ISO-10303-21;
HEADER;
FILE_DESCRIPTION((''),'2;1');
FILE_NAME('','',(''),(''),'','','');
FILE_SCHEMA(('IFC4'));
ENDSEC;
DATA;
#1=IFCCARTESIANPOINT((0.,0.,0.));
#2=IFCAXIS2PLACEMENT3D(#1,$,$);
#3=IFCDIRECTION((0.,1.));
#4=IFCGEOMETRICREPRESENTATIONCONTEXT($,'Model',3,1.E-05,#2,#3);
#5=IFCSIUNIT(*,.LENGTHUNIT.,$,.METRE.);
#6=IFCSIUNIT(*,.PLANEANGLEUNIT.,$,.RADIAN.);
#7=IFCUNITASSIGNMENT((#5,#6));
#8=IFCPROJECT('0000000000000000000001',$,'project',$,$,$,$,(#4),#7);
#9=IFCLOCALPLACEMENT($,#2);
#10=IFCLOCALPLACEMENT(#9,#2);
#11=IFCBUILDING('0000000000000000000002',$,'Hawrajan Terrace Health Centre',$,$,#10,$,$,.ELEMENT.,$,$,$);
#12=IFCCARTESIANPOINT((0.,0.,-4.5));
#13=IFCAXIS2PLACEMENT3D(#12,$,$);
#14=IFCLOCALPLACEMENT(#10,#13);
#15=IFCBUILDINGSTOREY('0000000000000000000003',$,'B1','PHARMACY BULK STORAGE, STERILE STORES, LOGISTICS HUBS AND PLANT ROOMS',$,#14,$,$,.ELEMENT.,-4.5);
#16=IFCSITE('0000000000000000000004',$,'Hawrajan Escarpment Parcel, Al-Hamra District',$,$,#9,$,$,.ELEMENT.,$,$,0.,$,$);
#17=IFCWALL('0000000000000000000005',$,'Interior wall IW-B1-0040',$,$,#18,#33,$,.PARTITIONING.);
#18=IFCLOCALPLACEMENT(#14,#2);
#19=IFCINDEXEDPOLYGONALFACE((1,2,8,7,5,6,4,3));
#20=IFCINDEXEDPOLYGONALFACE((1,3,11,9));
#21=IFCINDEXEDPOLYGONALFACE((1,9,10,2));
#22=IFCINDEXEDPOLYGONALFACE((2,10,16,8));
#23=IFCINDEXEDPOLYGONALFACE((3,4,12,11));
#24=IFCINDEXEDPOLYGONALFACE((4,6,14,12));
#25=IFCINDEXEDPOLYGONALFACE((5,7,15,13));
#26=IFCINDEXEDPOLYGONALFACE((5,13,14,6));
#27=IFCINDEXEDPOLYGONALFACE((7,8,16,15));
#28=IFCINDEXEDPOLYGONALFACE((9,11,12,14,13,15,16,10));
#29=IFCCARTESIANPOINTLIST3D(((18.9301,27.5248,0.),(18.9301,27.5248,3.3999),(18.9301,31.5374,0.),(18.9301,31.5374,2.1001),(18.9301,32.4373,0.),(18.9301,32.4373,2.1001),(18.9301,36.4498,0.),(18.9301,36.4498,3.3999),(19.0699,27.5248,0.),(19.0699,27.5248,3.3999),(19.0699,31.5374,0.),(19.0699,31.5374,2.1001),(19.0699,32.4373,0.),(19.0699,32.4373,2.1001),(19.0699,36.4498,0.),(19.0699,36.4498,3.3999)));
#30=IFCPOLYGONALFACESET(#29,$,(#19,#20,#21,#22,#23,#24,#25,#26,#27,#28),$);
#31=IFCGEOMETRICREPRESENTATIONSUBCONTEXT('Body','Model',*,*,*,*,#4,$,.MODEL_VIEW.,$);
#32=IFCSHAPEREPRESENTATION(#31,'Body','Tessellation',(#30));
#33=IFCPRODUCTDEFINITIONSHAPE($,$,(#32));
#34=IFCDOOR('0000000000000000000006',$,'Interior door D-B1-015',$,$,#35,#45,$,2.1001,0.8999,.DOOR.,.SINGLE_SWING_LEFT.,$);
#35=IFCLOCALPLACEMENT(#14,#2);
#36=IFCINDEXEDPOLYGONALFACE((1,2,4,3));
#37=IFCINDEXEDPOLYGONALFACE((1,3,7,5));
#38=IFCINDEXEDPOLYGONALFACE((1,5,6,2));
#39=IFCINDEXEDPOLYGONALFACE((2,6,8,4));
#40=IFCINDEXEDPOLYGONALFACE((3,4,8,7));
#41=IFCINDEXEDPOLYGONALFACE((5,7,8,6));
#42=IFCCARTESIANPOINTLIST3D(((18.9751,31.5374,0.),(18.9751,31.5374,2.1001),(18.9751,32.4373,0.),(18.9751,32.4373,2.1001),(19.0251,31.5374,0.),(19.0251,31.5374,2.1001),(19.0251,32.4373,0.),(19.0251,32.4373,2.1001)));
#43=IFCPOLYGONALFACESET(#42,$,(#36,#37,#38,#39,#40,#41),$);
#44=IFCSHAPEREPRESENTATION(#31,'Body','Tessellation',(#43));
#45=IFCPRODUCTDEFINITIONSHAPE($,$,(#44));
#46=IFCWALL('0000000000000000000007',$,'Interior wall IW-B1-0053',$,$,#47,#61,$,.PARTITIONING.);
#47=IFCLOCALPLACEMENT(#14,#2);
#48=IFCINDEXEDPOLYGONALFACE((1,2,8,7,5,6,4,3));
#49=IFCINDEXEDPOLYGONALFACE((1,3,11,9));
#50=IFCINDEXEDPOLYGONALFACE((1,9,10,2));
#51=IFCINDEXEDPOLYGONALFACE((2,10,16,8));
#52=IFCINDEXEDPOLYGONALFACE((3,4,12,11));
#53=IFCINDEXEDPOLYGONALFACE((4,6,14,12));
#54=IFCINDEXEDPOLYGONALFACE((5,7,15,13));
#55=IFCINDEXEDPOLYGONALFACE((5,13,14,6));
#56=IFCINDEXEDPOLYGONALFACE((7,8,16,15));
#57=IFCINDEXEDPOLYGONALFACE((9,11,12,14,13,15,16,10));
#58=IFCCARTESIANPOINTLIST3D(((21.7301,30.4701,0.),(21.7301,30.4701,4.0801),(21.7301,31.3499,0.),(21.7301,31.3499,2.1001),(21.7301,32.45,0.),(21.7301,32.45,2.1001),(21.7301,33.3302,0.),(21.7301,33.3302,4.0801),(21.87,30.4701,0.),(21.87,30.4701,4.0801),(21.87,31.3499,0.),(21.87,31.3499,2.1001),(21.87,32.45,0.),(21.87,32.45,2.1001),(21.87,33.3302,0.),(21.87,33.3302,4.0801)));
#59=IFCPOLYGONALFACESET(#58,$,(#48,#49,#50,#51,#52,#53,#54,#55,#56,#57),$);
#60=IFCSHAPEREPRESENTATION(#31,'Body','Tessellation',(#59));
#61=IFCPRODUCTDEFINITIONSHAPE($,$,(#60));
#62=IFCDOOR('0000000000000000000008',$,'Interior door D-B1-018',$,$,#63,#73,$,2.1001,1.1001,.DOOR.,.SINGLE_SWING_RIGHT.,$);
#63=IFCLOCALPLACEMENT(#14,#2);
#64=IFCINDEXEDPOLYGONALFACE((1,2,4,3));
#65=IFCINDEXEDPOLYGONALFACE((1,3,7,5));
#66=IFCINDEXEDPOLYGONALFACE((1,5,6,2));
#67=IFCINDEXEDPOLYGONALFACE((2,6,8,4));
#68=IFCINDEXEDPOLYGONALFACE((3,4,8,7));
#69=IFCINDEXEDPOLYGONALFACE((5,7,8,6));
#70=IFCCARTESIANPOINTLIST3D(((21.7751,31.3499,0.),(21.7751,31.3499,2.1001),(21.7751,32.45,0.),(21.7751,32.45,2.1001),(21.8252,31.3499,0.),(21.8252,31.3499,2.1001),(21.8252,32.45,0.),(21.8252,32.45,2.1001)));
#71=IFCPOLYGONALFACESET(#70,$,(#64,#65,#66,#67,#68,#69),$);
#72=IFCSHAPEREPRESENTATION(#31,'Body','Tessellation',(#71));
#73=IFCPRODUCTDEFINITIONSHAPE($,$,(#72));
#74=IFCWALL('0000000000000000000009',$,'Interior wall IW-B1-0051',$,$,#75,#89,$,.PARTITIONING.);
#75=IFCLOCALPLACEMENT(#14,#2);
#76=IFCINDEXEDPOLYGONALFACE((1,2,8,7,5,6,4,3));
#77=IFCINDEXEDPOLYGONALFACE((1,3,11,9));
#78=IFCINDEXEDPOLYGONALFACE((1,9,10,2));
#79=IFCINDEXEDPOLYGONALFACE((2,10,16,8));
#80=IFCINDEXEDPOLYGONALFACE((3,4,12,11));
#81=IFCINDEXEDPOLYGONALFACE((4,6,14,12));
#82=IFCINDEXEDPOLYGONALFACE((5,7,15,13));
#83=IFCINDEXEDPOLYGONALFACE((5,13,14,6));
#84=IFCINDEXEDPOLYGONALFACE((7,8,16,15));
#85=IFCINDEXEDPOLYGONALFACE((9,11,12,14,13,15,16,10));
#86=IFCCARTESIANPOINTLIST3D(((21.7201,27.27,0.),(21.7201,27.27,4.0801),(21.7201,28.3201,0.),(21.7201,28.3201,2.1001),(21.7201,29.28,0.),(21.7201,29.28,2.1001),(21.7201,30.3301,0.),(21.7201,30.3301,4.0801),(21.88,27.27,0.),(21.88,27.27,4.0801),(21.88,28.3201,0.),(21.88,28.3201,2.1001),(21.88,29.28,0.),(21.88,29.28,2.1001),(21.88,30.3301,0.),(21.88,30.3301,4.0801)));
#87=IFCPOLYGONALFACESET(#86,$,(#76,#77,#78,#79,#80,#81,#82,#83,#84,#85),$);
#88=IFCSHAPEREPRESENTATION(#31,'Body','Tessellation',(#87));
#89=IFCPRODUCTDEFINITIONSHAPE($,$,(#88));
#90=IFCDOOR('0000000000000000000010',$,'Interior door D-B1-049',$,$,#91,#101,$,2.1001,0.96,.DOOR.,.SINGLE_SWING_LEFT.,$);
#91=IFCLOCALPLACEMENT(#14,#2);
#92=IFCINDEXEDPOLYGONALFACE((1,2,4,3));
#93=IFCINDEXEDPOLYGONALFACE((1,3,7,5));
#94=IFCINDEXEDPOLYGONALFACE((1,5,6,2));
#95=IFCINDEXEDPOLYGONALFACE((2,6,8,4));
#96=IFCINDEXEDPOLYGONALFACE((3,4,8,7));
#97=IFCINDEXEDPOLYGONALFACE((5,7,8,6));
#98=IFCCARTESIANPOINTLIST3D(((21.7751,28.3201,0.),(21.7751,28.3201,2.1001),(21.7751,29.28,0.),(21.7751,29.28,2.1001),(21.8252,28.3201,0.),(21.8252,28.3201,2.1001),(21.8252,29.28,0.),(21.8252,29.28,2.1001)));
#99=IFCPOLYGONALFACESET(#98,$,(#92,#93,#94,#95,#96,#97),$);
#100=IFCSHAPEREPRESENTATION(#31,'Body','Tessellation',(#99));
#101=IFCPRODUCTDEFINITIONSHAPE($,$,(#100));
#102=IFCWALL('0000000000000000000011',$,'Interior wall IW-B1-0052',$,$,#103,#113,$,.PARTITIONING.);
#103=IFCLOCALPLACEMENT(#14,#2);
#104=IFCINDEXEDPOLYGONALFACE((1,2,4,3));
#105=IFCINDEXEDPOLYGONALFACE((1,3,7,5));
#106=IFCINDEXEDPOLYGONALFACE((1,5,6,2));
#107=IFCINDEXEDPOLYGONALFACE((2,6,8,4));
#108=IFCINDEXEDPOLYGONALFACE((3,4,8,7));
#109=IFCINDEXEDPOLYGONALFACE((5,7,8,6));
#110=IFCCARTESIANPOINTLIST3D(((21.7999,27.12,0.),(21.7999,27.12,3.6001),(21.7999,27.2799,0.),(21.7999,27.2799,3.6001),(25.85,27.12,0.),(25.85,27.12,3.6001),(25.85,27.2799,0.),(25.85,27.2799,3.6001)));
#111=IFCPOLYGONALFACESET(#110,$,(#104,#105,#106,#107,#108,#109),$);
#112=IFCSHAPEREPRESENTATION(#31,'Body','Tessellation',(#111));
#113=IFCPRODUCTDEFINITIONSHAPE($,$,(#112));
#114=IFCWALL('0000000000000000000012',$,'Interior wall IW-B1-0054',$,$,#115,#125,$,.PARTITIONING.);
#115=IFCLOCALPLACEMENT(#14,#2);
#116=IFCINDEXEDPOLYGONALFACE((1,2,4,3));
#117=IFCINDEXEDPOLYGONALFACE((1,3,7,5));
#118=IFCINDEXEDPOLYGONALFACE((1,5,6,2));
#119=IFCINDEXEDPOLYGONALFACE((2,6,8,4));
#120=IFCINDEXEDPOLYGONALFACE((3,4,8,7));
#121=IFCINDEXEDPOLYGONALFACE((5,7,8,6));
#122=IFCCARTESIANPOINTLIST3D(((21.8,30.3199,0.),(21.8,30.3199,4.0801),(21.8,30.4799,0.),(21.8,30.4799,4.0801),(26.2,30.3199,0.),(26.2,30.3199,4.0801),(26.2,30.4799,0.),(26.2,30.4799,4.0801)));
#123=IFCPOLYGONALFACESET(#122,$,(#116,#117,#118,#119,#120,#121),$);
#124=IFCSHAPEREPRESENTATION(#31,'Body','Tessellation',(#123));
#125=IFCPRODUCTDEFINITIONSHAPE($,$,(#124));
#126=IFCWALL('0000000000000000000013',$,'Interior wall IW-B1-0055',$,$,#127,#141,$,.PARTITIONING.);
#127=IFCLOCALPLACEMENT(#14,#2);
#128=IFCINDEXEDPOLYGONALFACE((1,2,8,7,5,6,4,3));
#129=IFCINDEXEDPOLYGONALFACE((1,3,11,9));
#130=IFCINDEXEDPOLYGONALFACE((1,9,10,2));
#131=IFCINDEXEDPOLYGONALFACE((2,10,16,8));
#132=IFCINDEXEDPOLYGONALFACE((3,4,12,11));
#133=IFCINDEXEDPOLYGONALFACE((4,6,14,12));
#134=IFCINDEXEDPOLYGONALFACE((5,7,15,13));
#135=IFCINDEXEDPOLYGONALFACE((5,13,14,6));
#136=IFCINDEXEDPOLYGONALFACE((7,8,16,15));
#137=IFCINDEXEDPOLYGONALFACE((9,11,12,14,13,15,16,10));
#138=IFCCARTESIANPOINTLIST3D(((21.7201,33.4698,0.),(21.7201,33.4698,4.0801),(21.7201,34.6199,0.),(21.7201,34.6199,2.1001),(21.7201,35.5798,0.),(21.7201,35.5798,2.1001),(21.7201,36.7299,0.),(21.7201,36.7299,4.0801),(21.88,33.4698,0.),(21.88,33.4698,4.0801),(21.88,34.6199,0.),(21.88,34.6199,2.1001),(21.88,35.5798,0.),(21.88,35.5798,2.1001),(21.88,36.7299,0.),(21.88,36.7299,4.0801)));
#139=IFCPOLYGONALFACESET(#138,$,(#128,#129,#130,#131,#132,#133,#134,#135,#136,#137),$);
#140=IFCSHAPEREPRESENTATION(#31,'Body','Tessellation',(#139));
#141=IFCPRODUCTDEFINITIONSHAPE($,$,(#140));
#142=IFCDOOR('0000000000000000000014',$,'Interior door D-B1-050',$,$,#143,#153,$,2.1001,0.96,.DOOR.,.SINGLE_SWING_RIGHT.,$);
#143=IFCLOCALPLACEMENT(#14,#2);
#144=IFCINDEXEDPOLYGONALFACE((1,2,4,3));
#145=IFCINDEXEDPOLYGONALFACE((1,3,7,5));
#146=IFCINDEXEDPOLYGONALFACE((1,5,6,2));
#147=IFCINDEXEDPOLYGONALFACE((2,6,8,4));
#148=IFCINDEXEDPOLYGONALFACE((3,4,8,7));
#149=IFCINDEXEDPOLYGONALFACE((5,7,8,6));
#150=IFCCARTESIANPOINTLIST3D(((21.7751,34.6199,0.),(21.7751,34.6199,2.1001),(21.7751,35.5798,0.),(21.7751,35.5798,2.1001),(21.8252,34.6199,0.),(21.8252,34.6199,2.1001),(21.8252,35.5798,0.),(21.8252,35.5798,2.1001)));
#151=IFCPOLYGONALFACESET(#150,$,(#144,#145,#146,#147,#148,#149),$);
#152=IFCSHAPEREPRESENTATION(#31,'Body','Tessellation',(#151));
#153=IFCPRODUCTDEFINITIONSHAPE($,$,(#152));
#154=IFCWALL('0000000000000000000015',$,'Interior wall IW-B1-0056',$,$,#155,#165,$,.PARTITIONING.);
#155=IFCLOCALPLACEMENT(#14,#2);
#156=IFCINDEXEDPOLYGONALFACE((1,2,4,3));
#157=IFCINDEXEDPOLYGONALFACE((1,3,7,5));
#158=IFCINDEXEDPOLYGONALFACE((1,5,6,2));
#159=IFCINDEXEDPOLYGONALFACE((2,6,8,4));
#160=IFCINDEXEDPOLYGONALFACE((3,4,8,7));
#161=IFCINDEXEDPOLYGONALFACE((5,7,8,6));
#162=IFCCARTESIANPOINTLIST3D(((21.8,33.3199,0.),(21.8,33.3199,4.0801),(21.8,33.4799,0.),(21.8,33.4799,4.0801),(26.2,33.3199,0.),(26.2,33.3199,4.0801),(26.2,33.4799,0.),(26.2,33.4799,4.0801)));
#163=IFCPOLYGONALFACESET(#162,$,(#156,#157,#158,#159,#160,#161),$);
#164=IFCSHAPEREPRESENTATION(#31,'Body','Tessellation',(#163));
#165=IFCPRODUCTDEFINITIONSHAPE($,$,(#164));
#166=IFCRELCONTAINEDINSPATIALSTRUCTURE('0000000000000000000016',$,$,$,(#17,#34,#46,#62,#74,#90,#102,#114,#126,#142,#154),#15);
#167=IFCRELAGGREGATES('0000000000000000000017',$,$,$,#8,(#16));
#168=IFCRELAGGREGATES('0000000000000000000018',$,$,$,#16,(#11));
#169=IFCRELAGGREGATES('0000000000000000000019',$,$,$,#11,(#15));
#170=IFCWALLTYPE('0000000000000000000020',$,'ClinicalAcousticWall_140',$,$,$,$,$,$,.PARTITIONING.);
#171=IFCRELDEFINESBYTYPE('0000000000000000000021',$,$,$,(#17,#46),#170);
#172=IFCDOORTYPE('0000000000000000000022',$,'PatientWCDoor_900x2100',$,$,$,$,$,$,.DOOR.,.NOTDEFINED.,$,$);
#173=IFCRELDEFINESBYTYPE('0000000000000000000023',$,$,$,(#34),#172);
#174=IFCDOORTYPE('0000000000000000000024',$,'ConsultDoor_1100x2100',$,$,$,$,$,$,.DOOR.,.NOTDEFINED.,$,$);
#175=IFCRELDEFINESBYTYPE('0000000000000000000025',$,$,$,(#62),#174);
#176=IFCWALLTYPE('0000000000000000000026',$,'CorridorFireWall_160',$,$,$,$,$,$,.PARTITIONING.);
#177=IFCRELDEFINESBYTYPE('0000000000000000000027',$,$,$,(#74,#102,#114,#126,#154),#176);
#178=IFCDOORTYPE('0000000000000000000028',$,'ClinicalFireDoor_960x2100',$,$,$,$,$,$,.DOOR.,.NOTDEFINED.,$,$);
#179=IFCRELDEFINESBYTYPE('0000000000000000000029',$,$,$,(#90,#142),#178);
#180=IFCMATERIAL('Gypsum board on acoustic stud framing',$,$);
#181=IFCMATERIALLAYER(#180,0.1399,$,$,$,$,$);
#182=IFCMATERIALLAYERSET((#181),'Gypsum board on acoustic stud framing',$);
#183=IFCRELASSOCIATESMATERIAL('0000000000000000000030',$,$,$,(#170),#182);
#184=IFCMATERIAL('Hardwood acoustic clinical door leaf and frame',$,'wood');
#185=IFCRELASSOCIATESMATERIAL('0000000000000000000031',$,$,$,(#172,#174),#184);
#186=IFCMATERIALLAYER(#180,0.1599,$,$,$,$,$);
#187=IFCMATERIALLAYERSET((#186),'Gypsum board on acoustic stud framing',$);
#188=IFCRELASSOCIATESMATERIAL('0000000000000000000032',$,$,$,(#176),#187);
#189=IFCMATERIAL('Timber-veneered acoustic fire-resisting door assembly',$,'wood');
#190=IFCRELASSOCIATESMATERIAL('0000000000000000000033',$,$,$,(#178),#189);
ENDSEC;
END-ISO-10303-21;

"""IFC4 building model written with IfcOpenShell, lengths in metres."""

from ifc_helpers import new_model, si_unit, direction, frame, frame_2d, origin, place, context, subcontext, project, spatial, rectangle, extrude, material, layer, layer_set, type_object, element, fill, save


model = new_model("IFC4")

# Units and contexts
model_context = context("Model", 3, precision=1e-05, world=origin(), true_north=direction((0.0, 1.0)))
body_context = subcontext(model_context, "Body", "Model", "MODEL_VIEW")
ifc_project = project(units=[si_unit("LENGTHUNIT", "METRE"), si_unit("PLANEANGLEUNIT", "RADIAN")], contexts=[model_context])

# Site, building, storey
site_placement = place(None, origin())
site = spatial("IfcSite", under=ifc_project, at=site_placement, Name="Hawrajan Escarpment Parcel, Al-Hamra District", CompositionType="ELEMENT", RefElevation=0.0)
building_placement = place(site_placement, origin())
building = spatial("IfcBuilding", under=site, at=building_placement, Name="Hawrajan Terrace Health Centre", CompositionType="ELEMENT")
storey_placement = place(building_placement, frame((0.0, 0.0, -4.5)))
storey = spatial("IfcBuildingStorey", under=building, at=storey_placement, Name="B1", Description="PHARMACY BULK STORAGE, STERILE STORES, LOGISTICS HUBS AND PLANT ROOMS", CompositionType="ELEMENT", Elevation=-4.5)

# Walls, openings, doors
ifc_material_1 = material(Name="Gypsum board on acoustic stud framing")
ifc_layer_1 = layer(ifc_material_1, 0.1399)
ifc_layer_set_1 = layer_set([ifc_layer_1], Name="Gypsum board on acoustic stud framing")
wall_type_1 = type_object("IfcWallType", Name="ClinicalAcousticWall_140", PredefinedType="PARTITIONING", material=ifc_layer_set_1)
wall_1_placement = place(storey_placement, frame((19.0, 27.5249, 0.0), z_axis=(0.0, 0.0, 1.0), x_axis=(0.0, 1.0, 0.0)))
wall_1 = element("IfcWall", 1, at=wall_1_placement, inside=storey, type_object=wall_type_1, Name="Interior wall IW-B1-0040", PredefinedType="PARTITIONING", context=body_context, shape_type="SweptSolid", body=[
    extrude(rectangle(XDim=8.925, YDim=0.1399, at=frame_2d((4.4624, 0.0))), origin(), (0.0, 0.0, 1.0), 3.3999),
])
opening_1_placement = place(wall_1_placement, frame((4.0125, 0.0, 0.0)))
opening_1 = element("IfcOpeningElement", 2, at=opening_1_placement, cuts=wall_1, PredefinedType="OPENING", context=body_context, shape_type="SweptSolid", body=[
    extrude(rectangle(XDim=0.8999, YDim=2.1001, at=frame_2d((0.45, 1.05))), frame((0.0, 0.0798, 0.0), z_axis=(0.0, -1.0, 0.0), x_axis=(1.0, 0.0, 0.0)), (0.0, 0.0, 1.0), 0.1599),
])
ifc_material_2 = material(Name="Hardwood acoustic clinical door leaf and frame", Category="wood")
door_type_1 = type_object("IfcDoorType", Name="PatientWCDoor_900x2100", OperationType="NOTDEFINED", PredefinedType="DOOR", material=ifc_material_2)
door_1_placement = place(opening_1_placement, origin())
door_1 = element("IfcDoor", 3, at=door_1_placement, inside=storey, type_object=door_type_1, Name="Interior door D-B1-015", OperationType="SINGLE_SWING_LEFT", OverallHeight=2.1001, OverallWidth=0.8999, PredefinedType="DOOR", context=body_context, shape_type="SweptSolid", body=[
    extrude(rectangle(XDim=0.8999, YDim=2.1001, at=frame_2d((0.45, 1.05))), frame((0.0, 0.0249, 0.0), z_axis=(0.0, -1.0, 0.0), x_axis=(1.0, 0.0, 0.0)), (0.0, 0.0, 1.0), 0.05),
])
fill(opening_1, door_1)
wall_2_placement = place(storey_placement, frame((21.8, 30.47, 0.0), z_axis=(0.0, 0.0, 1.0), x_axis=(0.0, 1.0, 0.0)))
wall_2 = element("IfcWall", 4, at=wall_2_placement, inside=storey, type_object=wall_type_1, Name="Interior wall IW-B1-0053", PredefinedType="PARTITIONING", context=body_context, shape_type="SweptSolid", body=[
    extrude(rectangle(XDim=2.8601, YDim=0.1399, at=frame_2d((1.4302, 0.0))), origin(), (0.0, 0.0, 1.0), 4.0801),
])
opening_2_placement = place(wall_2_placement, frame((0.8799, 0.0, 0.0)))
opening_2 = element("IfcOpeningElement", 5, at=opening_2_placement, cuts=wall_2, PredefinedType="OPENING", context=body_context, shape_type="SweptSolid", body=[
    extrude(rectangle(XDim=1.1001, YDim=2.1001, at=frame_2d((0.55, 1.05))), frame((0.0, 0.0798, 0.0), z_axis=(0.0, -1.0, 0.0), x_axis=(1.0, 0.0, 0.0)), (0.0, 0.0, 1.0), 0.1599),
])
door_type_2 = type_object("IfcDoorType", Name="ConsultDoor_1100x2100", OperationType="NOTDEFINED", PredefinedType="DOOR", material=ifc_material_2)
door_2_placement = place(opening_2_placement, origin())
door_2 = element("IfcDoor", 6, at=door_2_placement, inside=storey, type_object=door_type_2, Name="Interior door D-B1-018", OperationType="SINGLE_SWING_RIGHT", OverallHeight=2.1001, OverallWidth=1.1001, PredefinedType="DOOR", context=body_context, shape_type="SweptSolid", body=[
    extrude(rectangle(XDim=1.1001, YDim=2.1001, at=frame_2d((0.55, 1.05))), frame((0.0, 0.0249, 0.0), z_axis=(0.0, -1.0, 0.0), x_axis=(1.0, 0.0, 0.0)), (0.0, 0.0, 1.0), 0.05),
])
fill(opening_2, door_2)
ifc_layer_2 = layer(ifc_material_1, 0.1599)
ifc_layer_set_2 = layer_set([ifc_layer_2], Name="Gypsum board on acoustic stud framing")
wall_type_2 = type_object("IfcWallType", Name="CorridorFireWall_160", PredefinedType="PARTITIONING", material=ifc_layer_set_2)
wall_3_placement = place(storey_placement, frame((21.8, 27.27, 0.0), z_axis=(0.0, 0.0, 1.0), x_axis=(0.0, 1.0, 0.0)))
wall_3 = element("IfcWall", 7, at=wall_3_placement, inside=storey, type_object=wall_type_2, Name="Interior wall IW-B1-0051", PredefinedType="PARTITIONING", context=body_context, shape_type="SweptSolid", body=[
    extrude(rectangle(XDim=3.0601, YDim=0.1599, at=frame_2d((1.53, 0.0))), origin(), (0.0, 0.0, 1.0), 4.0801),
])
opening_3_placement = place(wall_3_placement, frame((1.05, 0.0, 0.0)))
opening_3 = element("IfcOpeningElement", 8, at=opening_3_placement, cuts=wall_3, PredefinedType="OPENING", context=body_context, shape_type="SweptSolid", body=[
    extrude(rectangle(XDim=0.96, YDim=2.1001, at=frame_2d((0.48, 1.05))), frame((0.0, 0.0898, 0.0), z_axis=(0.0, -1.0, 0.0), x_axis=(1.0, 0.0, 0.0)), (0.0, 0.0, 1.0), 0.1799),
])
ifc_material_3 = material(Name="Timber-veneered acoustic fire-resisting door assembly", Category="wood")
door_type_3 = type_object("IfcDoorType", Name="ClinicalFireDoor_960x2100", OperationType="NOTDEFINED", PredefinedType="DOOR", material=ifc_material_3)
door_3_placement = place(opening_3_placement, origin())
door_3 = element("IfcDoor", 9, at=door_3_placement, inside=storey, type_object=door_type_3, Name="Interior door D-B1-049", OperationType="SINGLE_SWING_LEFT", OverallHeight=2.1001, OverallWidth=0.96, PredefinedType="DOOR", context=body_context, shape_type="SweptSolid", body=[
    extrude(rectangle(XDim=0.96, YDim=2.1001, at=frame_2d((0.48, 1.05))), frame((0.0, 0.0249, 0.0), z_axis=(0.0, -1.0, 0.0), x_axis=(1.0, 0.0, 0.0)), (0.0, 0.0, 1.0), 0.05),
])
fill(opening_3, door_3)

# Walls
wall_4_placement = place(storey_placement, frame((21.8, 27.2, 0.0), z_axis=(0.0, 0.0, 1.0), x_axis=(1.0, 0.0, 0.0)))
element("IfcWall", 10, at=wall_4_placement, inside=storey, type_object=wall_type_2, Name="Interior wall IW-B1-0052", PredefinedType="PARTITIONING", context=body_context, shape_type="SweptSolid", body=[
    extrude(rectangle(XDim=4.05, YDim=0.1599, at=frame_2d((2.0249, 0.0))), origin(), (0.0, 0.0, 1.0), 3.6001),
])
wall_5_placement = place(storey_placement, frame((21.8, 30.3999, 0.0), z_axis=(0.0, 0.0, 1.0), x_axis=(1.0, 0.0, 0.0)))
element("IfcWall", 11, at=wall_5_placement, inside=storey, type_object=wall_type_2, Name="Interior wall IW-B1-0054", PredefinedType="PARTITIONING", context=body_context, shape_type="SweptSolid", body=[
    extrude(rectangle(XDim=4.3999, YDim=0.1599, at=frame_2d((2.2, 0.0))), origin(), (0.0, 0.0, 1.0), 4.0801),
])

# Wall, opening, door
wall_6_placement = place(storey_placement, frame((21.8, 33.47, 0.0), z_axis=(0.0, 0.0, 1.0), x_axis=(0.0, 1.0, 0.0)))
wall_6 = element("IfcWall", 12, at=wall_6_placement, inside=storey, type_object=wall_type_2, Name="Interior wall IW-B1-0055", PredefinedType="PARTITIONING", context=body_context, shape_type="SweptSolid", body=[
    extrude(rectangle(XDim=3.26, YDim=0.1599, at=frame_2d((1.6299, 0.0))), origin(), (0.0, 0.0, 1.0), 4.0801),
])
opening_4_placement = place(wall_6_placement, frame((1.1499, 0.0, 0.0)))
opening_4 = element("IfcOpeningElement", 13, at=opening_4_placement, cuts=wall_6, PredefinedType="OPENING", context=body_context, shape_type="SweptSolid", body=[
    extrude(rectangle(XDim=0.96, YDim=2.1001, at=frame_2d((0.48, 1.05))), frame((0.0, 0.0898, 0.0), z_axis=(0.0, -1.0, 0.0), x_axis=(1.0, 0.0, 0.0)), (0.0, 0.0, 1.0), 0.1799),
])
door_4_placement = place(opening_4_placement, origin())
door_4 = element("IfcDoor", 14, at=door_4_placement, inside=storey, type_object=door_type_3, Name="Interior door D-B1-050", OperationType="SINGLE_SWING_RIGHT", OverallHeight=2.1001, OverallWidth=0.96, PredefinedType="DOOR", context=body_context, shape_type="SweptSolid", body=[
    extrude(rectangle(XDim=0.96, YDim=2.1001, at=frame_2d((0.48, 1.05))), frame((0.0, 0.0249, 0.0), z_axis=(0.0, -1.0, 0.0), x_axis=(1.0, 0.0, 0.0)), (0.0, 0.0, 1.0), 0.05),
])
fill(opening_4, door_4)

# Wall
wall_7_placement = place(storey_placement, frame((21.8, 33.3999, 0.0), z_axis=(0.0, 0.0, 1.0), x_axis=(1.0, 0.0, 0.0)))
element("IfcWall", 15, at=wall_7_placement, inside=storey, type_object=wall_type_2, Name="Interior wall IW-B1-0056", PredefinedType="PARTITIONING", context=body_context, shape_type="SweptSolid", body=[
    extrude(rectangle(XDim=4.3999, YDim=0.1599, at=frame_2d((2.2, 0.0))), origin(), (0.0, 0.0, 1.0), 4.0801),
])

save(model, "model.ifc")
